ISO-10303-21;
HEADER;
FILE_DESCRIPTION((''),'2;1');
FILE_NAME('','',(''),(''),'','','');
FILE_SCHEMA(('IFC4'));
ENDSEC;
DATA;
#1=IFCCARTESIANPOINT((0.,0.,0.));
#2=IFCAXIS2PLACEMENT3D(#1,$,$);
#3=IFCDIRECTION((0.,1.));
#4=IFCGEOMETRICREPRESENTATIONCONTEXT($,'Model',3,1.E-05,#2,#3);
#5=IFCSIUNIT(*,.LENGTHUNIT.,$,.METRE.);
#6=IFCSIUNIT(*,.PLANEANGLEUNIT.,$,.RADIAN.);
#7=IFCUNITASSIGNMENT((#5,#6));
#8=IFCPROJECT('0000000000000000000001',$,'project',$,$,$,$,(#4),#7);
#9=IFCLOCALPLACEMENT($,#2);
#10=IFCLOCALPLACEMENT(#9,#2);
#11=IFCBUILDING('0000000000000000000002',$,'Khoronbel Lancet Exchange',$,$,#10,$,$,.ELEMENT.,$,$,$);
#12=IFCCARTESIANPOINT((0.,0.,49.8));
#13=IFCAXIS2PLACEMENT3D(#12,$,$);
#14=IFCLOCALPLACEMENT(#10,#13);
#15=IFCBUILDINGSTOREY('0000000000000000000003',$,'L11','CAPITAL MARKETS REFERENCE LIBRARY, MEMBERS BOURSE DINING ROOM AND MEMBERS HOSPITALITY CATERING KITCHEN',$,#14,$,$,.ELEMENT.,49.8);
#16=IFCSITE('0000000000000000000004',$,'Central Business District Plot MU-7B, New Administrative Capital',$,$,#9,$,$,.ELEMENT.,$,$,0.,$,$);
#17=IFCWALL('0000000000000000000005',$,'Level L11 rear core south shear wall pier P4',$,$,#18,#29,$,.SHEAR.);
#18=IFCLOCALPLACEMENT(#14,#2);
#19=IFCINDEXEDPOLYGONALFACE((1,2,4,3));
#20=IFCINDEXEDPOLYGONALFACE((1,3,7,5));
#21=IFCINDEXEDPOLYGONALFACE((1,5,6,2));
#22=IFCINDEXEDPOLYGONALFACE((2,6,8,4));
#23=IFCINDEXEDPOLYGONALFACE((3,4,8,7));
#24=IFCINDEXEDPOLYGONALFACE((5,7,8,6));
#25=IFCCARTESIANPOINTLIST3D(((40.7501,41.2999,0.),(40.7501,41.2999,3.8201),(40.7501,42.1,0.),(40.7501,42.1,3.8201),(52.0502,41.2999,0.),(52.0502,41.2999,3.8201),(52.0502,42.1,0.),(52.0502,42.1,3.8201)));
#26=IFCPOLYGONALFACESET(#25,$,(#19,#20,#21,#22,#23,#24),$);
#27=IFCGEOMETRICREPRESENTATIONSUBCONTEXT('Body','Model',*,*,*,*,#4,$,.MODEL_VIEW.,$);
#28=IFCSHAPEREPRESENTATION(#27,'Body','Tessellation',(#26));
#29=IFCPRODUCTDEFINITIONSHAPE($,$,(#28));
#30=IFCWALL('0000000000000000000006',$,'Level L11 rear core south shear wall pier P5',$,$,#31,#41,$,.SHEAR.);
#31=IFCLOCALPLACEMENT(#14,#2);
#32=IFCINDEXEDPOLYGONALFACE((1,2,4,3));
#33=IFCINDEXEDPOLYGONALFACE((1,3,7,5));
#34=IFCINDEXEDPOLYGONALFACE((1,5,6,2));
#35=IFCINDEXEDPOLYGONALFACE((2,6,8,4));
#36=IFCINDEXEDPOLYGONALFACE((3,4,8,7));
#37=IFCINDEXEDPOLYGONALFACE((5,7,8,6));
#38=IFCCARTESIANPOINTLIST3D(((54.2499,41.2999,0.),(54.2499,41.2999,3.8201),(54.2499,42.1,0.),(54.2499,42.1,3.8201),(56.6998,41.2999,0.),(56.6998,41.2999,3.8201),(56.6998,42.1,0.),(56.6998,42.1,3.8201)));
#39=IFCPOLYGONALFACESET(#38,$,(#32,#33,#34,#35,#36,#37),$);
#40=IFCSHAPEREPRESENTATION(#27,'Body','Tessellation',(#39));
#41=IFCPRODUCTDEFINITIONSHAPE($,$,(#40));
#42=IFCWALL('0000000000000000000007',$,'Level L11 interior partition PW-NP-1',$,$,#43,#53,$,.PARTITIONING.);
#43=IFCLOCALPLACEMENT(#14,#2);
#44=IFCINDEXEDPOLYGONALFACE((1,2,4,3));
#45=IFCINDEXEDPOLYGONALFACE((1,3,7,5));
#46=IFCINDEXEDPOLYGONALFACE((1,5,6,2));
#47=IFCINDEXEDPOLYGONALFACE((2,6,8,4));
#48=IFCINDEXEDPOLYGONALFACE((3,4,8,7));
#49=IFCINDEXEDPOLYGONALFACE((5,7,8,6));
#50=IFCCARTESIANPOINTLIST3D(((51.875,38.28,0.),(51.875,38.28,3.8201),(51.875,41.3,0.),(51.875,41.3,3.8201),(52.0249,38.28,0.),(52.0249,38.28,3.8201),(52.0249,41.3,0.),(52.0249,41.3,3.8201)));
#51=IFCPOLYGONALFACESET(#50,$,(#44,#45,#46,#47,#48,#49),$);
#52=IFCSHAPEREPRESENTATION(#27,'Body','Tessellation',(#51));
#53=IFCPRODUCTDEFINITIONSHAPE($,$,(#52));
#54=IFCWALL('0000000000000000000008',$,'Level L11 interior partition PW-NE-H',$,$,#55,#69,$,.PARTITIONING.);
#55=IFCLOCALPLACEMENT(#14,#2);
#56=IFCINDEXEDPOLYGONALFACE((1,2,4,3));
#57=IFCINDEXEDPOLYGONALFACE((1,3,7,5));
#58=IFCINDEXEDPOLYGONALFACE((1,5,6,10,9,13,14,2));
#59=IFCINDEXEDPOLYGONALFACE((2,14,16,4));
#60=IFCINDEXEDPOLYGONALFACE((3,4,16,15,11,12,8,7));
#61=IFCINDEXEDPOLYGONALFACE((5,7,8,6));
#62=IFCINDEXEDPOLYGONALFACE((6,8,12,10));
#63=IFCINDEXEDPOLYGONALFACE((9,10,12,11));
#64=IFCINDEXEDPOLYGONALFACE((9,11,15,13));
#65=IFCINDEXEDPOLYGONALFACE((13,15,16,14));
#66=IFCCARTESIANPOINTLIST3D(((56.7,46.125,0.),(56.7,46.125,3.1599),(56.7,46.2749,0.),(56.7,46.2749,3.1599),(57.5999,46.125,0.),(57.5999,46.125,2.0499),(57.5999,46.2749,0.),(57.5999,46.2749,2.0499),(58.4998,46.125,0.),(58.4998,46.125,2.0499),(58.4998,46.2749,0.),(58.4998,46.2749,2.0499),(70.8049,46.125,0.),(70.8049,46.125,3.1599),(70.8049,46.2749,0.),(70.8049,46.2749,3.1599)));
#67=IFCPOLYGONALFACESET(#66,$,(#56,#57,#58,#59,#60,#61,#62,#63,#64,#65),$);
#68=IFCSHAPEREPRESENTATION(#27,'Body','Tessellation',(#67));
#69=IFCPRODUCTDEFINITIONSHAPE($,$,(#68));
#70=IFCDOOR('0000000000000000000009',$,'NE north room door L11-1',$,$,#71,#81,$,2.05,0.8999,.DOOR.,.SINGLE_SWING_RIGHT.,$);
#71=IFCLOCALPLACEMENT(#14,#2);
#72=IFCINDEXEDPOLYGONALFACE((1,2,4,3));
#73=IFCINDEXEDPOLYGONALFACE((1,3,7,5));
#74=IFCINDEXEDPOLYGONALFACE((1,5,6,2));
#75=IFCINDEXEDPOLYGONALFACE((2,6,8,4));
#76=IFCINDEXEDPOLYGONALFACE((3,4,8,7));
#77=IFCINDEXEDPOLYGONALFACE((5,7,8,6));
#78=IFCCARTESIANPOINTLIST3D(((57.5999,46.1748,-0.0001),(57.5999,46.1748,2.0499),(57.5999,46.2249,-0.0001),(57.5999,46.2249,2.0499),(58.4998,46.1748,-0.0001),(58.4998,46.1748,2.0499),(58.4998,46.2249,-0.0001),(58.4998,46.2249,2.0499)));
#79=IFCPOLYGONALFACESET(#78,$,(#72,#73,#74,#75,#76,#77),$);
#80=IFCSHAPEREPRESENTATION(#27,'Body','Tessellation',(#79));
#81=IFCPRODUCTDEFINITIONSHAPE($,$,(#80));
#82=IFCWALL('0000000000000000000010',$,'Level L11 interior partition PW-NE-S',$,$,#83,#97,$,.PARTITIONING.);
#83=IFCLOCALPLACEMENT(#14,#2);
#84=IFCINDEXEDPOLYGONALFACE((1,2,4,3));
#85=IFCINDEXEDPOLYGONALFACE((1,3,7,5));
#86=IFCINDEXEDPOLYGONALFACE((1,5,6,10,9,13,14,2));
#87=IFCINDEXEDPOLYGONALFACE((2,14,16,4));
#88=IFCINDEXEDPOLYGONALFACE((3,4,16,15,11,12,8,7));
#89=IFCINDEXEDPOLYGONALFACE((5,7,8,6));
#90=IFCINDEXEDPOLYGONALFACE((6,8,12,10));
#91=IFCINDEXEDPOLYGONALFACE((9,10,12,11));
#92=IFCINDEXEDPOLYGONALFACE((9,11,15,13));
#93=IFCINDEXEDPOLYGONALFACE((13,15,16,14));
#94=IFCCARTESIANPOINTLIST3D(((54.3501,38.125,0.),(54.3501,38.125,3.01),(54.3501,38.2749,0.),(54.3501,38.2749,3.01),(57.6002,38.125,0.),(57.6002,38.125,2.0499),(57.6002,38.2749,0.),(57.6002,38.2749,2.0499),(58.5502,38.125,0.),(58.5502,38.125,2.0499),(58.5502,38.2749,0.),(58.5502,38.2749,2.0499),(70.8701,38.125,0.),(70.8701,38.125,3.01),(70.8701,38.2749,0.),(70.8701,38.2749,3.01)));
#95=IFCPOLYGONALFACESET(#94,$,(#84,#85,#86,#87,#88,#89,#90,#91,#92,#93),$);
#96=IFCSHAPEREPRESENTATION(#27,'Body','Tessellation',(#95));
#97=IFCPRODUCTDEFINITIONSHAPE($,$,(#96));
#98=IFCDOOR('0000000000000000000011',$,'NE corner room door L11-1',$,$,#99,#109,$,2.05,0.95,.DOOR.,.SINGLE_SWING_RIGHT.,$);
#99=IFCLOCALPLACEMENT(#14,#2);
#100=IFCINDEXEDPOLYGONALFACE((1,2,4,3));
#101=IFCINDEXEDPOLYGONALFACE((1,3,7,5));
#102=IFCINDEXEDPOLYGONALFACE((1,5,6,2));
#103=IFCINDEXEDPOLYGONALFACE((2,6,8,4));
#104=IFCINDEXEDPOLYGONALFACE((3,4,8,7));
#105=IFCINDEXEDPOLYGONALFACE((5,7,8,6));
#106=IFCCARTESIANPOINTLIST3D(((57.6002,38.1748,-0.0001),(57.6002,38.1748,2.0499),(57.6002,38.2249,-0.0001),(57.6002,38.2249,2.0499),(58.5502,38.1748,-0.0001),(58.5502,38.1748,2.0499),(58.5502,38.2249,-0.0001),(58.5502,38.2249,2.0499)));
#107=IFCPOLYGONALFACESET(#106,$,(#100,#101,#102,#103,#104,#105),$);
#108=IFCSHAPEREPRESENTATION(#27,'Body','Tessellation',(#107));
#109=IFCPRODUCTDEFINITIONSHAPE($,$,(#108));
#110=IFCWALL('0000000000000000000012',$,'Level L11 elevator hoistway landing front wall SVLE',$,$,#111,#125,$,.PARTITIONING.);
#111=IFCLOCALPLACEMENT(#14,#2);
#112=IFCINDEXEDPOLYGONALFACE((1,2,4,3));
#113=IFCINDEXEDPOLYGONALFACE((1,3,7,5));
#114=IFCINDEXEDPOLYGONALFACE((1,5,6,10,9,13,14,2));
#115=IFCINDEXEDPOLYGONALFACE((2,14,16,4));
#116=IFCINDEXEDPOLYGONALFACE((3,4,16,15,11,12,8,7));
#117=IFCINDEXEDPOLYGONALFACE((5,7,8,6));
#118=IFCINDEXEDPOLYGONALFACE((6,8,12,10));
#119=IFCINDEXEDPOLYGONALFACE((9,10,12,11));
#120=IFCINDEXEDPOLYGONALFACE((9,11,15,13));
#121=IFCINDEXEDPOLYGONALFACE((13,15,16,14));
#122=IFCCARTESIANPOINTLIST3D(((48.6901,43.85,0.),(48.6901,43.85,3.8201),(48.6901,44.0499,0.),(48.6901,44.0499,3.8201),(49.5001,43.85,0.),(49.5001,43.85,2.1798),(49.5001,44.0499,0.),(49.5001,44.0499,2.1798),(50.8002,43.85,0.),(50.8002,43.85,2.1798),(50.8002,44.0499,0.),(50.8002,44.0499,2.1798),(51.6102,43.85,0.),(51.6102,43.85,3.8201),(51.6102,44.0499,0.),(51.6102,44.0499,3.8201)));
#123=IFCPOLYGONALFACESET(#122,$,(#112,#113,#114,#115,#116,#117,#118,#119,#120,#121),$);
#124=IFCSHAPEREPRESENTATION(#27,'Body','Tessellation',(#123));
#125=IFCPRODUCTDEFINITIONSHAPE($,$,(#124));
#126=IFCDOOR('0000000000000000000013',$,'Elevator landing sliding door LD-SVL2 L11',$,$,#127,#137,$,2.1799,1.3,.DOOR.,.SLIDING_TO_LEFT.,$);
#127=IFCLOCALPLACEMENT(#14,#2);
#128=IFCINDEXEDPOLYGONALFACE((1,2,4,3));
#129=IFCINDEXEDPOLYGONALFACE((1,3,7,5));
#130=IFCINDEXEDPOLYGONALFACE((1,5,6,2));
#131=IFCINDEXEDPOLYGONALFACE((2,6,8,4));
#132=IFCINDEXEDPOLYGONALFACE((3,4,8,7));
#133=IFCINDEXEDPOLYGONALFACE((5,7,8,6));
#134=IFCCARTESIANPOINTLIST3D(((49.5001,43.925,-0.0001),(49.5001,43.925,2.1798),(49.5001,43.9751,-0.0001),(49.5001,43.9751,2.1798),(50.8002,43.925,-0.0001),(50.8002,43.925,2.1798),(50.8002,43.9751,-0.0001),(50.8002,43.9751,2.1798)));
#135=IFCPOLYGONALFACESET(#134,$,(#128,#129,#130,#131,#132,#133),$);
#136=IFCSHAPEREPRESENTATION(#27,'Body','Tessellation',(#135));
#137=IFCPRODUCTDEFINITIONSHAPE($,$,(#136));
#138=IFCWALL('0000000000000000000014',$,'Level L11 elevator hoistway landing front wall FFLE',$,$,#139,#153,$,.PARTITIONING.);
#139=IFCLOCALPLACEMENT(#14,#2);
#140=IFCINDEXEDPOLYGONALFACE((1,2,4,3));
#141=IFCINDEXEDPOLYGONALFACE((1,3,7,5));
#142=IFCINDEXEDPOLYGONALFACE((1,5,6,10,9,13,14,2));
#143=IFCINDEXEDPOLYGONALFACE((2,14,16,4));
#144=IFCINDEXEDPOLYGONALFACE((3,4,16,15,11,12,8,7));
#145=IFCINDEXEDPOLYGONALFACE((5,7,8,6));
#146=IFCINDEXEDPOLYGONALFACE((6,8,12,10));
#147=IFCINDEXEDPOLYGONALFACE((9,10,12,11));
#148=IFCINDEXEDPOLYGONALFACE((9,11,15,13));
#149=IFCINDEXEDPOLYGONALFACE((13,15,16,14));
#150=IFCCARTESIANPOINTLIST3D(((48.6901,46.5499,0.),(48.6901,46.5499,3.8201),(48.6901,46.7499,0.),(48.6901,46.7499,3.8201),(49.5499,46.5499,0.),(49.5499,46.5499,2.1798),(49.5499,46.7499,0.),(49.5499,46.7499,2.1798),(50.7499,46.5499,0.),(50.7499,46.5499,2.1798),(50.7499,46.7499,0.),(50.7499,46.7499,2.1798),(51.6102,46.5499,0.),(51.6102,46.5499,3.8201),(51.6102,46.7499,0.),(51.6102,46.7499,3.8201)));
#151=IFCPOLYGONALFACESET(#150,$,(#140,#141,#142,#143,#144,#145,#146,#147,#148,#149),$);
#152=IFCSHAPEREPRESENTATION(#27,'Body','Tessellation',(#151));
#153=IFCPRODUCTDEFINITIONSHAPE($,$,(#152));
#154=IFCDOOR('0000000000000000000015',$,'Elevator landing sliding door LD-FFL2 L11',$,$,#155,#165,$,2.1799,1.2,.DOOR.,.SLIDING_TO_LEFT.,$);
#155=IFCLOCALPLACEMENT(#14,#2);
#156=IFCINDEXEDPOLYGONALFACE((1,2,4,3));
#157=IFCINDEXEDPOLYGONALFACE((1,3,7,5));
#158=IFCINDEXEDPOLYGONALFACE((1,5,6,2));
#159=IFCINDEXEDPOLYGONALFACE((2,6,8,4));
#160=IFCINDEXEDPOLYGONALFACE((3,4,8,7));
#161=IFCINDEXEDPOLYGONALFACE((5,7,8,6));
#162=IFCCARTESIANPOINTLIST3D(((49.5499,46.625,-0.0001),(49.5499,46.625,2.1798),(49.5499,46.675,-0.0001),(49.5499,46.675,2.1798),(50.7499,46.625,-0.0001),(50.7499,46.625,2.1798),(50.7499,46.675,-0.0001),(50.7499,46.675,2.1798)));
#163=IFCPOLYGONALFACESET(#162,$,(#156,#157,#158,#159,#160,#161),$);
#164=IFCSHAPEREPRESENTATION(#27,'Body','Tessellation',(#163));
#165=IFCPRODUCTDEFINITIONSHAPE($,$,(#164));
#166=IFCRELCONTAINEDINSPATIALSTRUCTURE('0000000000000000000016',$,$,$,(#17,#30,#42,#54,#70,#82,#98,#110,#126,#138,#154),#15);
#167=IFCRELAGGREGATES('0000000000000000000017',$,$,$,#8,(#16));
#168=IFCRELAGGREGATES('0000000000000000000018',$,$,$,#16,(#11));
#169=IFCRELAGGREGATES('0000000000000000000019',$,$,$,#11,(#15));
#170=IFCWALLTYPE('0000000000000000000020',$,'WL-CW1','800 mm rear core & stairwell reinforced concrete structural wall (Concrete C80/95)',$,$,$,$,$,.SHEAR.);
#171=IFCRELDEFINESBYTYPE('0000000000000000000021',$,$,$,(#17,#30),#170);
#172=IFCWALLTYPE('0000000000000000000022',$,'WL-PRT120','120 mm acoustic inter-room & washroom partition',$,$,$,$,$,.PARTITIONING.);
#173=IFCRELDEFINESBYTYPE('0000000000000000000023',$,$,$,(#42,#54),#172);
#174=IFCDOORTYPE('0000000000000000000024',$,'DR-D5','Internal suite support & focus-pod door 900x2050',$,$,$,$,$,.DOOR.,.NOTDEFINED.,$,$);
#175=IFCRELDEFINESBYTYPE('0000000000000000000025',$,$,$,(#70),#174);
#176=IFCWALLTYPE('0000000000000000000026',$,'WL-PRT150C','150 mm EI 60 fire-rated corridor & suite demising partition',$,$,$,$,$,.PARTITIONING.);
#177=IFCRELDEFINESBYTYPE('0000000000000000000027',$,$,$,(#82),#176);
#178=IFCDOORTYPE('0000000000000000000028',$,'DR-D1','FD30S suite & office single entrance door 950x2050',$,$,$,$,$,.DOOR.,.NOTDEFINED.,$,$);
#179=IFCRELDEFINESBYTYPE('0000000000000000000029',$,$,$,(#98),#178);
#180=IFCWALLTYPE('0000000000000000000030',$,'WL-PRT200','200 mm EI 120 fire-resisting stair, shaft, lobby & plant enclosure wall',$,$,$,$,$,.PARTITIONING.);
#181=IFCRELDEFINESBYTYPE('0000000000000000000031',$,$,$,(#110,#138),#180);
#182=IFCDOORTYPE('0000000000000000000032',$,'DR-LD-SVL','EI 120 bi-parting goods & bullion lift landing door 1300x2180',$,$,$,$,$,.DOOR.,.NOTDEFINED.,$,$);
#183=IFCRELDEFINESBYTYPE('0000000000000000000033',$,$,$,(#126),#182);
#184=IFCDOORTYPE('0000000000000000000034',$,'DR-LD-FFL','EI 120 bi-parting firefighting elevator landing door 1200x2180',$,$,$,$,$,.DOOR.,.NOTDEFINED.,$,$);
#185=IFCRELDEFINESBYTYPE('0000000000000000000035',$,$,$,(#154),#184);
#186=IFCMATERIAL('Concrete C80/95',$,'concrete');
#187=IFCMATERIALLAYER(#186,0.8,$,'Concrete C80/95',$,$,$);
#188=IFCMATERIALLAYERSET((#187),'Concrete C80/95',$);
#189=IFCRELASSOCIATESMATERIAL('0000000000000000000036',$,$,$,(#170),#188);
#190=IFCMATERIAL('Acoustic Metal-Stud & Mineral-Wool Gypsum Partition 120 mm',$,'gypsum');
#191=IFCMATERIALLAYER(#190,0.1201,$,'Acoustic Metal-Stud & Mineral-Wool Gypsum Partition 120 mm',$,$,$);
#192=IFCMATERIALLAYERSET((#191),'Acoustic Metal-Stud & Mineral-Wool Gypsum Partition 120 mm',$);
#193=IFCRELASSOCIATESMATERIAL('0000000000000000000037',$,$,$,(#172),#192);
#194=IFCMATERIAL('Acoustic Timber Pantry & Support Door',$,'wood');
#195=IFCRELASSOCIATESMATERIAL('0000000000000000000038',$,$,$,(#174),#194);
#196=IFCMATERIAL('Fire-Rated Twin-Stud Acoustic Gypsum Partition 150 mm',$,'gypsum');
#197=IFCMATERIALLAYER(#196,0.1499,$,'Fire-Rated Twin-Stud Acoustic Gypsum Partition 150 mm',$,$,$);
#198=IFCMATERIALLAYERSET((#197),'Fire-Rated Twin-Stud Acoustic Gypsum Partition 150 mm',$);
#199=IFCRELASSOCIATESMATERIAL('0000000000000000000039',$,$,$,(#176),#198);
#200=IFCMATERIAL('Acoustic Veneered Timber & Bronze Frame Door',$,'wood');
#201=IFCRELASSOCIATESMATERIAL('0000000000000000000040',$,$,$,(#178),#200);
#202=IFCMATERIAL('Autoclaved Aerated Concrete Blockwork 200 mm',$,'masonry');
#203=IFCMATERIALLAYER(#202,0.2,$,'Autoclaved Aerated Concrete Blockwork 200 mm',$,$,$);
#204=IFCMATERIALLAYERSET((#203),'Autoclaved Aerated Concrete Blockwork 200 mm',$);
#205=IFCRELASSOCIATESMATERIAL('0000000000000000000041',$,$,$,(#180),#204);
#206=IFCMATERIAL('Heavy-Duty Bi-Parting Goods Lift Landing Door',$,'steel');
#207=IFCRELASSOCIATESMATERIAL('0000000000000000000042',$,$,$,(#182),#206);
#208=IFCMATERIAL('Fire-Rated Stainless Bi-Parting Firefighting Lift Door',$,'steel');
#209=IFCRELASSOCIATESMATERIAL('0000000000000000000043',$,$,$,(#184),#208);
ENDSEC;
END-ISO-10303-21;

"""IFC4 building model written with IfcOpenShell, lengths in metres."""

from ifc_helpers import new_model, si_unit, direction, frame, frame_2d, origin, place, context, subcontext, project, spatial, rectangle, extrude, material, layer, layer_set, type_object, element, fill, save


model = new_model("IFC4")

# Units and contexts
model_context = context("Model", 3, precision=1e-05, world=origin(), true_north=direction((0.0, 1.0)))
body_context = subcontext(model_context, "Body", "Model", "MODEL_VIEW")
ifc_project = project(units=[si_unit("LENGTHUNIT", "METRE"), si_unit("PLANEANGLEUNIT", "RADIAN")], contexts=[model_context])

# Site, building, storey
site_placement = place(None, origin())
site = spatial("IfcSite", under=ifc_project, at=site_placement, Name="Central Business District Plot MU-7B, New Administrative Capital", CompositionType="ELEMENT", RefElevation=0.0)
building_placement = place(site_placement, origin())
building = spatial("IfcBuilding", under=site, at=building_placement, Name="Khoronbel Lancet Exchange", CompositionType="ELEMENT")
storey_placement = place(building_placement, frame((0.0, 0.0, 49.8)))
storey = spatial("IfcBuildingStorey", under=building, at=storey_placement, Name="L11", Description="CAPITAL MARKETS REFERENCE LIBRARY, MEMBERS BOURSE DINING ROOM AND MEMBERS HOSPITALITY CATERING KITCHEN", CompositionType="ELEMENT", Elevation=49.8)

# Shared definitions
ifc_material_1 = material(Name="Concrete C80/95", Category="concrete")

# Walls
ifc_layer_1 = layer(ifc_material_1, 0.8, Name="Concrete C80/95")
ifc_layer_set_1 = layer_set([ifc_layer_1], Name="Concrete C80/95")
wall_type_1 = type_object("IfcWallType", Name="WL-CW1", Description="800 mm rear core & stairwell reinforced concrete structural wall (Concrete C80/95)", PredefinedType="SHEAR", material=ifc_layer_set_1)
wall_1_placement = place(storey_placement, frame((52.05, 41.7, 0.0), z_axis=(0.0, 0.0, 1.0), x_axis=(-1.0, 0.0, 0.0)))
element("IfcWall", 1, at=wall_1_placement, inside=storey, type_object=wall_type_1, Name="Level L11 rear core south shear wall pier P4", PredefinedType="SHEAR", context=body_context, shape_type="SweptSolid", body=[
    extrude(rectangle(XDim=11.3, YDim=0.8, at=frame_2d((5.6499, 0.0))), origin(), (0.0, 0.0, 1.0), 3.8201),
])
wall_2_placement = place(storey_placement, frame((56.7, 41.7, 0.0), z_axis=(0.0, 0.0, 1.0), x_axis=(-1.0, 0.0, 0.0)))
element("IfcWall", 2, at=wall_2_placement, inside=storey, type_object=wall_type_1, Name="Level L11 rear core south shear wall pier P5", PredefinedType="SHEAR", context=body_context, shape_type="SweptSolid", body=[
    extrude(rectangle(XDim=2.45, YDim=0.8, at=frame_2d((1.2251, 0.0))), origin(), (0.0, 0.0, 1.0), 3.8201),
])
ifc_material_2 = material(Name="Acoustic Metal-Stud & Mineral-Wool Gypsum Partition 120 mm", Category="gypsum")
ifc_layer_2 = layer(ifc_material_2, 0.1201, Name="Acoustic Metal-Stud & Mineral-Wool Gypsum Partition 120 mm")
ifc_layer_set_2 = layer_set([ifc_layer_2], Name="Acoustic Metal-Stud & Mineral-Wool Gypsum Partition 120 mm")
wall_type_2 = type_object("IfcWallType", Name="WL-PRT120", Description="120 mm acoustic inter-room & washroom partition", PredefinedType="PARTITIONING", material=ifc_layer_set_2)
wall_3_placement = place(storey_placement, frame((51.95, 38.28, 0.0), z_axis=(0.0, 0.0, 1.0), x_axis=(0.0, 1.0, 0.0)))
element("IfcWall", 3, at=wall_3_placement, inside=storey, type_object=wall_type_2, Name="Level L11 interior partition PW-NP-1", PredefinedType="PARTITIONING", context=body_context, shape_type="SweptSolid", body=[
    extrude(rectangle(XDim=3.02, YDim=0.1499, at=frame_2d((1.51, 0.0))), origin(), (0.0, 0.0, 1.0), 3.8201),
])

# Walls, openings, doors
wall_4_placement = place(storey_placement, frame((56.7, 46.2, 0.0), z_axis=(0.0, 0.0, 1.0), x_axis=(1.0, 0.0, 0.0)))
wall_4 = element("IfcWall", 4, at=wall_4_placement, inside=storey, type_object=wall_type_2, Name="Level L11 interior partition PW-NE-H", PredefinedType="PARTITIONING", context=body_context, shape_type="SweptSolid", body=[
    extrude(rectangle(XDim=14.105, YDim=0.1499, at=frame_2d((7.0525, 0.0))), origin(), (0.0, 0.0, 1.0), 3.1599),
])
opening_1_placement = place(wall_4_placement, frame((0.8999, 0.0, 0.0)))
opening_1 = element("IfcOpeningElement", 5, at=opening_1_placement, cuts=wall_4, PredefinedType="OPENING", context=body_context, shape_type="SweptSolid", body=[
    extrude(rectangle(XDim=0.8999, YDim=2.05, at=frame_2d((0.45, 1.0249))), frame((0.0, 0.085, 0.0), z_axis=(0.0, -1.0, 0.0), x_axis=(1.0, 0.0, 0.0)), (0.0, 0.0, 1.0), 0.1699),
])
ifc_material_3 = material(Name="Acoustic Timber Pantry & Support Door", Category="wood")
door_type_1 = type_object("IfcDoorType", Name="DR-D5", Description="Internal suite support & focus-pod door 900x2050", OperationType="NOTDEFINED", PredefinedType="DOOR", material=ifc_material_3)
door_1_placement = place(opening_1_placement, origin())
door_1 = element("IfcDoor", 6, at=door_1_placement, inside=storey, type_object=door_type_1, Name="NE north room door L11-1", OperationType="SINGLE_SWING_RIGHT", OverallHeight=2.05, OverallWidth=0.8999, PredefinedType="DOOR", context=body_context, shape_type="SweptSolid", body=[
    extrude(rectangle(XDim=0.8999, YDim=2.05, at=frame_2d((0.45, 1.0249))), frame((0.0, 0.0249, 0.0), z_axis=(0.0, -1.0, 0.0), x_axis=(1.0, 0.0, 0.0)), (0.0, 0.0, 1.0), 0.05),
])
fill(opening_1, door_1)
ifc_material_4 = material(Name="Fire-Rated Twin-Stud Acoustic Gypsum Partition 150 mm", Category="gypsum")
ifc_layer_3 = layer(ifc_material_4, 0.1499, Name="Fire-Rated Twin-Stud Acoustic Gypsum Partition 150 mm")
ifc_layer_set_3 = layer_set([ifc_layer_3], Name="Fire-Rated Twin-Stud Acoustic Gypsum Partition 150 mm")
wall_type_3 = type_object("IfcWallType", Name="WL-PRT150C", Description="150 mm EI 60 fire-rated corridor & suite demising partition", PredefinedType="PARTITIONING", material=ifc_layer_set_3)
wall_5_placement = place(storey_placement, frame((54.3501, 38.2, 0.0), z_axis=(0.0, 0.0, 1.0), x_axis=(1.0, 0.0, 0.0)))
wall_5 = element("IfcWall", 7, at=wall_5_placement, inside=storey, type_object=wall_type_3, Name="Level L11 interior partition PW-NE-S", PredefinedType="PARTITIONING", context=body_context, shape_type="SweptSolid", body=[
    extrude(rectangle(XDim=16.52, YDim=0.1499, at=frame_2d((8.26, 0.0))), origin(), (0.0, 0.0, 1.0), 3.01),
])
opening_2_placement = place(wall_5_placement, frame((3.25, 0.0, 0.0)))
opening_2 = element("IfcOpeningElement", 8, at=opening_2_placement, cuts=wall_5, PredefinedType="OPENING", context=body_context, shape_type="SweptSolid", body=[
    extrude(rectangle(XDim=0.95, YDim=2.05, at=frame_2d((0.4751, 1.0249))), frame((0.0, 0.085, 0.0), z_axis=(0.0, -1.0, 0.0), x_axis=(1.0, 0.0, 0.0)), (0.0, 0.0, 1.0), 0.1699),
])
ifc_material_5 = material(Name="Acoustic Veneered Timber & Bronze Frame Door", Category="wood")
door_type_2 = type_object("IfcDoorType", Name="DR-D1", Description="FD30S suite & office single entrance door 950x2050", OperationType="NOTDEFINED", PredefinedType="DOOR", material=ifc_material_5)
door_2_placement = place(opening_2_placement, origin())
door_2 = element("IfcDoor", 9, at=door_2_placement, inside=storey, type_object=door_type_2, Name="NE corner room door L11-1", OperationType="SINGLE_SWING_RIGHT", OverallHeight=2.05, OverallWidth=0.95, PredefinedType="DOOR", context=body_context, shape_type="SweptSolid", body=[
    extrude(rectangle(XDim=0.95, YDim=2.05, at=frame_2d((0.4751, 1.0249))), frame((0.0, 0.0249, 0.0), z_axis=(0.0, -1.0, 0.0), x_axis=(1.0, 0.0, 0.0)), (0.0, 0.0, 1.0), 0.05),
])
fill(opening_2, door_2)
ifc_material_6 = material(Name="Autoclaved Aerated Concrete Blockwork 200 mm", Category="masonry")
ifc_layer_4 = layer(ifc_material_6, 0.2, Name="Autoclaved Aerated Concrete Blockwork 200 mm")
ifc_layer_set_4 = layer_set([ifc_layer_4], Name="Autoclaved Aerated Concrete Blockwork 200 mm")
wall_type_4 = type_object("IfcWallType", Name="WL-PRT200", Description="200 mm EI 120 fire-resisting stair, shaft, lobby & plant enclosure wall", PredefinedType="PARTITIONING", material=ifc_layer_set_4)
wall_6_placement = place(storey_placement, frame((51.6101, 43.95, 0.0), z_axis=(0.0, 0.0, 1.0), x_axis=(-1.0, 0.0, 0.0)))
wall_6 = element("IfcWall", 10, at=wall_6_placement, inside=storey, type_object=wall_type_4, Name="Level L11 elevator hoistway landing front wall SVLE", PredefinedType="PARTITIONING", context=body_context, shape_type="SweptSolid", body=[
    extrude(rectangle(XDim=2.9202, YDim=0.2, at=frame_2d((1.46, 0.0))), origin(), (0.0, 0.0, 1.0), 3.8201),
])
opening_3_placement = place(wall_6_placement, frame((0.8101, 0.0, 0.0)))
opening_3 = element("IfcOpeningElement", 11, at=opening_3_placement, cuts=wall_6, PredefinedType="OPENING", context=body_context, shape_type="SweptSolid", body=[
    extrude(rectangle(XDim=1.3, YDim=2.1799, at=frame_2d((0.6499, 1.0898))), frame((0.0, 0.1099, 0.0), z_axis=(0.0, -1.0, 0.0), x_axis=(1.0, 0.0, 0.0)), (0.0, 0.0, 1.0), 0.22),
])
ifc_material_7 = material(Name="Heavy-Duty Bi-Parting Goods Lift Landing Door", Category="steel")
door_type_3 = type_object("IfcDoorType", Name="DR-LD-SVL", Description="EI 120 bi-parting goods & bullion lift landing door 1300x2180", OperationType="NOTDEFINED", PredefinedType="DOOR", material=ifc_material_7)
door_3_placement = place(opening_3_placement, origin())
door_3 = element("IfcDoor", 12, at=door_3_placement, inside=storey, type_object=door_type_3, Name="Elevator landing sliding door LD-SVL2 L11", OperationType="SLIDING_TO_LEFT", OverallHeight=2.1799, OverallWidth=1.3, PredefinedType="DOOR", context=body_context, shape_type="SweptSolid", body=[
    extrude(rectangle(XDim=1.3, YDim=2.1799, at=frame_2d((0.6499, 1.0898))), frame((0.0, 0.0249, 0.0), z_axis=(0.0, -1.0, 0.0), x_axis=(1.0, 0.0, 0.0)), (0.0, 0.0, 1.0), 0.05),
])
fill(opening_3, door_3)
wall_7_placement = place(storey_placement, frame((51.6101, 46.6499, 0.0), z_axis=(0.0, 0.0, 1.0), x_axis=(-1.0, 0.0, 0.0)))
wall_7 = element("IfcWall", 13, at=wall_7_placement, inside=storey, type_object=wall_type_4, Name="Level L11 elevator hoistway landing front wall FFLE", PredefinedType="PARTITIONING", context=body_context, shape_type="SweptSolid", body=[
    extrude(rectangle(XDim=2.9202, YDim=0.2, at=frame_2d((1.46, 0.0))), origin(), (0.0, 0.0, 1.0), 3.8201),
])
opening_4_placement = place(wall_7_placement, frame((0.8601, 0.0, 0.0)))
opening_4 = element("IfcOpeningElement", 14, at=opening_4_placement, cuts=wall_7, PredefinedType="OPENING", context=body_context, shape_type="SweptSolid", body=[
    extrude(rectangle(XDim=1.2, YDim=2.1799, at=frame_2d((0.6001, 1.0898))), frame((0.0, 0.1099, 0.0), z_axis=(0.0, -1.0, 0.0), x_axis=(1.0, 0.0, 0.0)), (0.0, 0.0, 1.0), 0.22),
])
ifc_material_8 = material(Name="Fire-Rated Stainless Bi-Parting Firefighting Lift Door", Category="steel")
door_type_4 = type_object("IfcDoorType", Name="DR-LD-FFL", Description="EI 120 bi-parting firefighting elevator landing door 1200x2180", OperationType="NOTDEFINED", PredefinedType="DOOR", material=ifc_material_8)
door_4_placement = place(opening_4_placement, origin())
door_4 = element("IfcDoor", 15, at=door_4_placement, inside=storey, type_object=door_type_4, Name="Elevator landing sliding door LD-FFL2 L11", OperationType="SLIDING_TO_LEFT", OverallHeight=2.1799, OverallWidth=1.2, PredefinedType="DOOR", context=body_context, shape_type="SweptSolid", body=[
    extrude(rectangle(XDim=1.2, YDim=2.1799, at=frame_2d((0.6001, 1.0898))), frame((0.0, 0.0249, 0.0), z_axis=(0.0, -1.0, 0.0), x_axis=(1.0, 0.0, 0.0)), (0.0, 0.0, 1.0), 0.05),
])
fill(opening_4, door_4)

save(model, "model.ifc")
